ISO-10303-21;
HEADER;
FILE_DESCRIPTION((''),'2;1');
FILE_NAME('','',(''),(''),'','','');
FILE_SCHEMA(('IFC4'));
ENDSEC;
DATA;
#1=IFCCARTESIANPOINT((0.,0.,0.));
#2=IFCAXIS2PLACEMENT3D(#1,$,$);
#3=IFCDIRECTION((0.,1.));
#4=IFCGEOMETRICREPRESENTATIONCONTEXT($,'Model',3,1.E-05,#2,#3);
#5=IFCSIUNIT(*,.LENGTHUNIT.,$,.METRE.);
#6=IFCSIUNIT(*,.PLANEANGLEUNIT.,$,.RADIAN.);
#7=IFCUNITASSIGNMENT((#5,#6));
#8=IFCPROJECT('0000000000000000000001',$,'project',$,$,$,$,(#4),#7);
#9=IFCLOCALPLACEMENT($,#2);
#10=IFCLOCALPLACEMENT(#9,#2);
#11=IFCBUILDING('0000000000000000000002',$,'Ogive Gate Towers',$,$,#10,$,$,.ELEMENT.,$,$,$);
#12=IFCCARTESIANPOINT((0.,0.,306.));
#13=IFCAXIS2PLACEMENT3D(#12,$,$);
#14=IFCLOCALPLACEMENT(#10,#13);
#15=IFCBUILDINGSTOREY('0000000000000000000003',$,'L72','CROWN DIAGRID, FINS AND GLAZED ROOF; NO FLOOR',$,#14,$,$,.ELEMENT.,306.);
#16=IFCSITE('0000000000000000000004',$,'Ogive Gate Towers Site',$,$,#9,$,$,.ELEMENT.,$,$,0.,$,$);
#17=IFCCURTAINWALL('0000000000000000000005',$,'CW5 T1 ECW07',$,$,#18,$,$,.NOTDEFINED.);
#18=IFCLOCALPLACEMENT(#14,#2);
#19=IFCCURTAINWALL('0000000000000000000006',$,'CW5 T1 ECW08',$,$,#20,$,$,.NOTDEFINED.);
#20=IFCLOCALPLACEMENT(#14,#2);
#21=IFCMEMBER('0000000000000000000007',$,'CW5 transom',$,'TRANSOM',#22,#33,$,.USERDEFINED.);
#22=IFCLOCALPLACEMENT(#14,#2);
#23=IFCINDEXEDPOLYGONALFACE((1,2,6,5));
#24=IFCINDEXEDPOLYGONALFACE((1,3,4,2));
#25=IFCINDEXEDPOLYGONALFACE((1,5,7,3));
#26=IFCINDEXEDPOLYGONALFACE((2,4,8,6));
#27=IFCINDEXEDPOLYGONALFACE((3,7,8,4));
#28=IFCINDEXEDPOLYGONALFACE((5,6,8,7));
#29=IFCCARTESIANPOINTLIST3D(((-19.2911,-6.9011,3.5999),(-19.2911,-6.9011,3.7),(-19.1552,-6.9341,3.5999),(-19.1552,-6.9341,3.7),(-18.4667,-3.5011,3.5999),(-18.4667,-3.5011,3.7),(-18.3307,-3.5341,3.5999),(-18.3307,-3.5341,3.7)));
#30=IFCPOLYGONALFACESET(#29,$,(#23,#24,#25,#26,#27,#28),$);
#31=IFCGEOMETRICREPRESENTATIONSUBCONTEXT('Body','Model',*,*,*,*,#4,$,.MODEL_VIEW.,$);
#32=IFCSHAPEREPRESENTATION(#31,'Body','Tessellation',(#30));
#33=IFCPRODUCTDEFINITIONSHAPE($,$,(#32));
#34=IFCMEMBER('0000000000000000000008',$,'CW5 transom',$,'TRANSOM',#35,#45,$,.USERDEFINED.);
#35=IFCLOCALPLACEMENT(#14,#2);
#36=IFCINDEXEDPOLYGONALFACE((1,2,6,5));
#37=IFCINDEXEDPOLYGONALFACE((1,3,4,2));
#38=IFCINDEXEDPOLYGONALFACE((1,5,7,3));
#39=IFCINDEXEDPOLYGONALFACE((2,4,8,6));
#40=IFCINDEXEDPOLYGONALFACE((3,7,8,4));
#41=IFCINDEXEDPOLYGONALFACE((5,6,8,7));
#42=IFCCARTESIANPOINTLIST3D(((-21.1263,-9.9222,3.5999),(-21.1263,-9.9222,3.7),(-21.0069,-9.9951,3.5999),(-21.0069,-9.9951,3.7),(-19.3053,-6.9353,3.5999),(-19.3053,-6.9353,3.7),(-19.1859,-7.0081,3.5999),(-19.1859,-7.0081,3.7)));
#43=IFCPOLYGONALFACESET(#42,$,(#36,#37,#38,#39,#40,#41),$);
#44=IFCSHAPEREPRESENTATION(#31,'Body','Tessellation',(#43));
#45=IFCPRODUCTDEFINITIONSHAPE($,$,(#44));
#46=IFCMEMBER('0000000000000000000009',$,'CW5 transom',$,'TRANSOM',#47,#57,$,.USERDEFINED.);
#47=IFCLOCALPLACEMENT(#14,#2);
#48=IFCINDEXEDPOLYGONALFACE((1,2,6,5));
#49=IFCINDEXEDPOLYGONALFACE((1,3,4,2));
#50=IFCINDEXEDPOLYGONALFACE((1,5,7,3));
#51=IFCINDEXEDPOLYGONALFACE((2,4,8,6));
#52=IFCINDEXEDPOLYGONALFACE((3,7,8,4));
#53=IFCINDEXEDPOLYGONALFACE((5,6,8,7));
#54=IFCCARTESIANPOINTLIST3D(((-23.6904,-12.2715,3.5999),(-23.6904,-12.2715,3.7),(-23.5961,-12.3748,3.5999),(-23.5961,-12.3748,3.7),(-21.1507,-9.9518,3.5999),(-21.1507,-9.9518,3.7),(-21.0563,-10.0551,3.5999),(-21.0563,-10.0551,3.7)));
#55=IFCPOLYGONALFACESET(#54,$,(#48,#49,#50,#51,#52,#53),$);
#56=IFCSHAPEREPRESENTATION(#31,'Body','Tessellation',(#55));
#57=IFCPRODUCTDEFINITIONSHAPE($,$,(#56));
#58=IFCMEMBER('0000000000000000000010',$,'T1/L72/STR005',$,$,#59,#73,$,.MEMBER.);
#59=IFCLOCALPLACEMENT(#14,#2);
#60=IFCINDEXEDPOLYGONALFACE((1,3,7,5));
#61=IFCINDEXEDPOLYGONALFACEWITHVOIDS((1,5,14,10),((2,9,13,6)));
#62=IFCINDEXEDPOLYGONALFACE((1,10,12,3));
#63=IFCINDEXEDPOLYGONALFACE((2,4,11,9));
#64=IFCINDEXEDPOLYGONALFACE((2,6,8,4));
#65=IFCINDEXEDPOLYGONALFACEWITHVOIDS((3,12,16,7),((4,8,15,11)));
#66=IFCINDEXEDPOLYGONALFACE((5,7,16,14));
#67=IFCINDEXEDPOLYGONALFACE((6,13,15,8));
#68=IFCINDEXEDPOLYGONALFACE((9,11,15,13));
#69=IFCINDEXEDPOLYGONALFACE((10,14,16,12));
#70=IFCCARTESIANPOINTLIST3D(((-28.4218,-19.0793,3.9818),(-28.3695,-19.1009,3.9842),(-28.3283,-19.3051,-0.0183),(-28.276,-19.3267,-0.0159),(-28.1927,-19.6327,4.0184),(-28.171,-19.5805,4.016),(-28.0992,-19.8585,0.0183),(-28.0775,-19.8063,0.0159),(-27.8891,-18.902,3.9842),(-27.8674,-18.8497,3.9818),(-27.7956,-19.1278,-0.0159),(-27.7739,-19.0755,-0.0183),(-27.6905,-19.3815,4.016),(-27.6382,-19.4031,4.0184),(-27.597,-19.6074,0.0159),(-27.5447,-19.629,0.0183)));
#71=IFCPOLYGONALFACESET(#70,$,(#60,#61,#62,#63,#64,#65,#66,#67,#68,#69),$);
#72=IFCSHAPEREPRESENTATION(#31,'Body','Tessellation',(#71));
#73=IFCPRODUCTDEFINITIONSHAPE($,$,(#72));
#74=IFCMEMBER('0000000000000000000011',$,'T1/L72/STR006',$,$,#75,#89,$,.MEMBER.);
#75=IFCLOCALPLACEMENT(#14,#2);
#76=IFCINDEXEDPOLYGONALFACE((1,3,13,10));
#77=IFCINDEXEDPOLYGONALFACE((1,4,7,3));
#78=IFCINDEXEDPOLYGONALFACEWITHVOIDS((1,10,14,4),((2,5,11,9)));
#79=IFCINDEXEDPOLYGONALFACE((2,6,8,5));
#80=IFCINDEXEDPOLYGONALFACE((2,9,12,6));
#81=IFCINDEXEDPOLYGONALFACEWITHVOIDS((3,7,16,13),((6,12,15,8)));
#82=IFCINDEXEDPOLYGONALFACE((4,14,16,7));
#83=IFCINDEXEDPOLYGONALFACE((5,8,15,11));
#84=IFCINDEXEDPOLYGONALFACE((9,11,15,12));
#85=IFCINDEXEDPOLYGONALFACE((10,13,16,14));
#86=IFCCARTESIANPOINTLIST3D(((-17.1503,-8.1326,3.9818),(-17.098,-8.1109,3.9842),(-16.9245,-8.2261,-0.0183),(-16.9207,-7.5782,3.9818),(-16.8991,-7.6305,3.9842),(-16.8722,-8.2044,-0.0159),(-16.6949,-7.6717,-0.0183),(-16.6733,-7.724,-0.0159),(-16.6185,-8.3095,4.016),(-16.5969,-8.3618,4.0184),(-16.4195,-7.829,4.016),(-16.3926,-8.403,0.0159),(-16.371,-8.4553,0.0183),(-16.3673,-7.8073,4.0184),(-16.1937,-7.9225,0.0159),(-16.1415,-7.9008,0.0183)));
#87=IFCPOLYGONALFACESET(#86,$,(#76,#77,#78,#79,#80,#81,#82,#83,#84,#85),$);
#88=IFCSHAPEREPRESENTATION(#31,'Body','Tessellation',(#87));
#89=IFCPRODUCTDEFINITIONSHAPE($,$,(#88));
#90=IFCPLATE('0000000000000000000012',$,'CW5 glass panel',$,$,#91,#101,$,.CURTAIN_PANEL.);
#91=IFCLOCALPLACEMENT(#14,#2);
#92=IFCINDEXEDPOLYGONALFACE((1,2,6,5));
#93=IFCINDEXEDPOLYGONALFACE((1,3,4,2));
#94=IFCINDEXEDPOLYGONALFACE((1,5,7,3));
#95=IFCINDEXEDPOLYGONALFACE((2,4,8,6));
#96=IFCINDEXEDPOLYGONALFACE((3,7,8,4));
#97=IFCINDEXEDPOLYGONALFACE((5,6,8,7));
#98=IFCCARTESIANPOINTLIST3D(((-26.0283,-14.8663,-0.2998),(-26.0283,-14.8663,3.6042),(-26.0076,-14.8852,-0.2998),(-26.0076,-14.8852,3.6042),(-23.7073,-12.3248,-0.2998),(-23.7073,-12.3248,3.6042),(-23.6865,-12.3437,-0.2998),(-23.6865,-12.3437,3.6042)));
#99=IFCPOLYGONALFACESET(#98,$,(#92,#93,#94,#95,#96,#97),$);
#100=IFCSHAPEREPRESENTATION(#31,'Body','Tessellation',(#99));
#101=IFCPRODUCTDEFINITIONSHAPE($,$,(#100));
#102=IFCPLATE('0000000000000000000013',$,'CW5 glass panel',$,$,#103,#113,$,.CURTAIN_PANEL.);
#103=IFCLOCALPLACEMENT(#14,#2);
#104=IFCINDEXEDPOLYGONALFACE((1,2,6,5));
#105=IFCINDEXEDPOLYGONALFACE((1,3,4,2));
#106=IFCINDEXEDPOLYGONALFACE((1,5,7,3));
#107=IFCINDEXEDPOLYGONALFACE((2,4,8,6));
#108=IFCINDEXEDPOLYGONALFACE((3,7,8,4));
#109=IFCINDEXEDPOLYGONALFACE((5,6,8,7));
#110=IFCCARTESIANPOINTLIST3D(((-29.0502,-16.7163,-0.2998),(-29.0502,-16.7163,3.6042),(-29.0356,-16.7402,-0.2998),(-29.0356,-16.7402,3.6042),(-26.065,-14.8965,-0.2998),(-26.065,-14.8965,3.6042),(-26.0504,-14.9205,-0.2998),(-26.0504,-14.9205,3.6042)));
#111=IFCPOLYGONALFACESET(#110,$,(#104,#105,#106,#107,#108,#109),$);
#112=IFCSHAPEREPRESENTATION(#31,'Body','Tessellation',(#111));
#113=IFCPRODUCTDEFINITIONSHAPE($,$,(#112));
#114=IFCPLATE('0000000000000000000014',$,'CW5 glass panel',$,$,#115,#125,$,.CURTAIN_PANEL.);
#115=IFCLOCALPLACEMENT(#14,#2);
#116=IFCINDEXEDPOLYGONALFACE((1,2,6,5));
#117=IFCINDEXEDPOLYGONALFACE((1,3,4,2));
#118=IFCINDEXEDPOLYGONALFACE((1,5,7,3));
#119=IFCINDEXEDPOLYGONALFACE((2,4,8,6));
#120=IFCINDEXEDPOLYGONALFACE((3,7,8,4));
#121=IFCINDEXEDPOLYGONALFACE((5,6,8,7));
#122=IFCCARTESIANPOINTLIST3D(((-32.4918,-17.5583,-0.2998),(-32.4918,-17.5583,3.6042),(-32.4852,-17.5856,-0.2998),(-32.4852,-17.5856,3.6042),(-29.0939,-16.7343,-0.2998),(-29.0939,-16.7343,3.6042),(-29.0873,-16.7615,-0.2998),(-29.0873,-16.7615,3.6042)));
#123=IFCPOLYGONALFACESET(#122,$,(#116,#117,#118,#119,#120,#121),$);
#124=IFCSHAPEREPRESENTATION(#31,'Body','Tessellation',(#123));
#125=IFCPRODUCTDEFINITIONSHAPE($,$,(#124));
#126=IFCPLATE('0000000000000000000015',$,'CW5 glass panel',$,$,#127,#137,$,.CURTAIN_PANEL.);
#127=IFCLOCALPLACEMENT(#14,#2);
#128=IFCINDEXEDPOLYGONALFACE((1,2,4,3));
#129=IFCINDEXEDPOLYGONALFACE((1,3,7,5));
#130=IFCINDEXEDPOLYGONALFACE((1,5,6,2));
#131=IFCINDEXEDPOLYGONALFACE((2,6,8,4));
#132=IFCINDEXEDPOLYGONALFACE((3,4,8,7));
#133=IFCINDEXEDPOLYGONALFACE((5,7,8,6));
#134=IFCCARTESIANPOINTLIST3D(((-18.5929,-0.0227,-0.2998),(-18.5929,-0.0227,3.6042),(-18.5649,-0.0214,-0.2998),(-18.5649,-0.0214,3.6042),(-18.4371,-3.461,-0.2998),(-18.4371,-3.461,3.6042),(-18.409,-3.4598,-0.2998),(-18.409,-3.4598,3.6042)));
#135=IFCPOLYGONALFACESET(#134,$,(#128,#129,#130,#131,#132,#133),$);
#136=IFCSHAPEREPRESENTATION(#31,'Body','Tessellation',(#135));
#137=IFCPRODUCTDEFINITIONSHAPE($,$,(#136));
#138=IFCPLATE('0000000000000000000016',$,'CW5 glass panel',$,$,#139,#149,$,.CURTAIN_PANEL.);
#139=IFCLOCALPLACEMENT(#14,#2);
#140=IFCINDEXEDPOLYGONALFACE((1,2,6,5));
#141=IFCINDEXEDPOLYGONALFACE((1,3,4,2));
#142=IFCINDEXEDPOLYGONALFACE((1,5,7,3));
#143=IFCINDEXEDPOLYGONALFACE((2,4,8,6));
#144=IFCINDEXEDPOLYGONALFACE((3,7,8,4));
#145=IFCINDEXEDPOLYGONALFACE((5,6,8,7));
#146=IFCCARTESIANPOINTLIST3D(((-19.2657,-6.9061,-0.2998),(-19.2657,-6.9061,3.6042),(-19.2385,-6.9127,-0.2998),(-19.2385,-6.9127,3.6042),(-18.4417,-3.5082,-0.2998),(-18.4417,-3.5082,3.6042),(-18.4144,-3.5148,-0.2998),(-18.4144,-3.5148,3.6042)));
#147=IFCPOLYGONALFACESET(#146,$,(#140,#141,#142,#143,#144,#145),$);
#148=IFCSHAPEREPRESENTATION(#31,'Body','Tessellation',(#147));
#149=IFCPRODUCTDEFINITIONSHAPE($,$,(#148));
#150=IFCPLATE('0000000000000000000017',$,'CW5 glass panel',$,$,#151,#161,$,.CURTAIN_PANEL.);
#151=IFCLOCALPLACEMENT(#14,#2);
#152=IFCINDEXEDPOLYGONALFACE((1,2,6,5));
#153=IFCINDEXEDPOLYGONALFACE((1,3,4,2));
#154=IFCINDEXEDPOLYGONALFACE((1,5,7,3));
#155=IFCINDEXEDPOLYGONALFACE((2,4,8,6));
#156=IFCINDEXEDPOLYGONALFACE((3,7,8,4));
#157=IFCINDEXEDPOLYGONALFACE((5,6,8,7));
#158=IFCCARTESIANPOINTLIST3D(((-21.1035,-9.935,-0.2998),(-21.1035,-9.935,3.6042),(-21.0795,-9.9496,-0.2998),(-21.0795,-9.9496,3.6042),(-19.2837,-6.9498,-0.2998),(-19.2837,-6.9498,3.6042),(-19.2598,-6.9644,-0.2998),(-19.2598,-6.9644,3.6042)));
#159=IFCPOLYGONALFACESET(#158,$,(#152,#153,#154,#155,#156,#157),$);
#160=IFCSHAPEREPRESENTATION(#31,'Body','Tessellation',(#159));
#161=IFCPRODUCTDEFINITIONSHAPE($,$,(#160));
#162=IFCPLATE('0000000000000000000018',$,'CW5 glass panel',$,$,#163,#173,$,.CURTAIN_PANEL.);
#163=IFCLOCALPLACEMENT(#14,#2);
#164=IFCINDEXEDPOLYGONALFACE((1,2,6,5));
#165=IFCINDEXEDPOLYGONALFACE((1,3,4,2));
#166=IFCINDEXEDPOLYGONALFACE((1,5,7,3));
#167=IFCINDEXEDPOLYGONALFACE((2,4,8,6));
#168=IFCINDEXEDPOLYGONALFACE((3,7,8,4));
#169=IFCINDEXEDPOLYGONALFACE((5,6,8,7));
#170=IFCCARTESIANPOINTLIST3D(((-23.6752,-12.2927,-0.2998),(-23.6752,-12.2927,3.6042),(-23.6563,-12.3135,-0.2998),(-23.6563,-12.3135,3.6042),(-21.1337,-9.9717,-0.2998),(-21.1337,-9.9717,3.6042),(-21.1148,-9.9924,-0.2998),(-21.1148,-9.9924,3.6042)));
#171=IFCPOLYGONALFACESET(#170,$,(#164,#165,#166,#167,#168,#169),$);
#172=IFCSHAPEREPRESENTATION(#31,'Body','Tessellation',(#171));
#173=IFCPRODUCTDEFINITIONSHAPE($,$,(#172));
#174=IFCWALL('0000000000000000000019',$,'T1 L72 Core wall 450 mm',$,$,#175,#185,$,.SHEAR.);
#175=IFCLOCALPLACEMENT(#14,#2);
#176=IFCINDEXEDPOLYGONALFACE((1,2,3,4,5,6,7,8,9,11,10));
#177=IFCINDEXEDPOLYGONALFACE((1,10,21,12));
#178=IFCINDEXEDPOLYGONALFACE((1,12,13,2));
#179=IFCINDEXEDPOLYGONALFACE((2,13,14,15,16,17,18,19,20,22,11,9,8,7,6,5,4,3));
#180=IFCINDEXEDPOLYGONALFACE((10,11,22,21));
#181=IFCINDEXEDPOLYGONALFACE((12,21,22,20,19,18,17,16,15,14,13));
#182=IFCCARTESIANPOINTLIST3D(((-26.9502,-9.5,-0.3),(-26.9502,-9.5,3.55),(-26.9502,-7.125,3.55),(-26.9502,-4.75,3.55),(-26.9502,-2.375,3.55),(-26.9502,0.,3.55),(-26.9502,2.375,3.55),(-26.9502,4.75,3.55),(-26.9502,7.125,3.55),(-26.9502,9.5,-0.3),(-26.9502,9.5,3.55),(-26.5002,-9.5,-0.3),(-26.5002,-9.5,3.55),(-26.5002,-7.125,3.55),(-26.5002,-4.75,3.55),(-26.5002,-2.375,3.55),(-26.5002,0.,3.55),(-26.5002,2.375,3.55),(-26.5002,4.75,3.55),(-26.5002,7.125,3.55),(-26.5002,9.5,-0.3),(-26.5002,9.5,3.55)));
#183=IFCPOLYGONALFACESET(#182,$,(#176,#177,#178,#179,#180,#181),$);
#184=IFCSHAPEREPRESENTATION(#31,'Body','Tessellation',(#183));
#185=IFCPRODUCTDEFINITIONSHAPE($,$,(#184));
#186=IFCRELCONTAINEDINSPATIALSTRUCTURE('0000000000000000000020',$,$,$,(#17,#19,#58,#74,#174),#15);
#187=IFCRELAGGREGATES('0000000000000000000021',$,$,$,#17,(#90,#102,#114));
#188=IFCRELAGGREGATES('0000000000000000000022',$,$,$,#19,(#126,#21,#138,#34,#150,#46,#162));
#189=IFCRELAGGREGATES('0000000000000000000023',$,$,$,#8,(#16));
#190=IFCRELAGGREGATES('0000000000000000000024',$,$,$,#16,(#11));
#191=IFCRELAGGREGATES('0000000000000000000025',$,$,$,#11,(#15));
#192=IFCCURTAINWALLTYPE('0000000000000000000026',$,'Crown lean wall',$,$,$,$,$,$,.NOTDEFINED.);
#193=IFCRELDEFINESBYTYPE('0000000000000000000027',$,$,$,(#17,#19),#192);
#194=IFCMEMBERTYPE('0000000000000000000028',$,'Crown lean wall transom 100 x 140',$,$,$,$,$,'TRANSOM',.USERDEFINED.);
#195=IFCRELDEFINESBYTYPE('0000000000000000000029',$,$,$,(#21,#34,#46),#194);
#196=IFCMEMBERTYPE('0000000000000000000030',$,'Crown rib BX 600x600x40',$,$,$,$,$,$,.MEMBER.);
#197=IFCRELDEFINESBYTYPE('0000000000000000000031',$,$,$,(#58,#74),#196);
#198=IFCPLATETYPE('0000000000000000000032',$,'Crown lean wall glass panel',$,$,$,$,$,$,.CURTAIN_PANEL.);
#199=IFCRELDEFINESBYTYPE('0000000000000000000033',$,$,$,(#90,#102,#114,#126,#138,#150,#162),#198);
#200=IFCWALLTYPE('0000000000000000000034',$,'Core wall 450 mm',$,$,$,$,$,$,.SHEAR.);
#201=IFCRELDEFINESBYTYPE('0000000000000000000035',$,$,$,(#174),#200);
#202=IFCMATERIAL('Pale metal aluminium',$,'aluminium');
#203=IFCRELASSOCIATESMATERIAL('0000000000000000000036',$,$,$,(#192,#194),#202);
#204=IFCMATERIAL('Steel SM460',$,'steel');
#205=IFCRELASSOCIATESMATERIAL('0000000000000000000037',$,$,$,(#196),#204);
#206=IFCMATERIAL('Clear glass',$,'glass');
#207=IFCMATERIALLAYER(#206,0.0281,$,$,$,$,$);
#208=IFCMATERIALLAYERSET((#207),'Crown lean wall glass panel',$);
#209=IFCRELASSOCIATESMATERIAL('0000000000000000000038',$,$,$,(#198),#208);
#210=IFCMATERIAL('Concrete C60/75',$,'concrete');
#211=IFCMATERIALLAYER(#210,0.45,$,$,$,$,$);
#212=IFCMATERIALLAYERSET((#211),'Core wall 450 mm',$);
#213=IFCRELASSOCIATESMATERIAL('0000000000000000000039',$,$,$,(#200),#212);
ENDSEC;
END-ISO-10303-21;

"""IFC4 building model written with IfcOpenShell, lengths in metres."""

from ifc_helpers import new_model, si_unit, direction, frame, origin, origin_2d, place, context, subcontext, project, spatial, polyline, rectangle, hollow_rectangle, outline, extrude, material, layer, layer_set, material_profile, profile_set, type_object, element, aggregate, save


model = new_model("IFC4")

# Units and contexts
model_context = context("Model", 3, precision=1e-05, world=origin(), true_north=direction((0.0, 1.0)))
body_context = subcontext(model_context, "Body", "Model", "MODEL_VIEW")
ifc_project = project(units=[si_unit("LENGTHUNIT", "METRE"), si_unit("PLANEANGLEUNIT", "RADIAN")], contexts=[model_context])

# Site, building, storey
site_placement = place(None, origin())
site = spatial("IfcSite", under=ifc_project, at=site_placement, Name="Ogive Gate Towers Site", CompositionType="ELEMENT", RefElevation=0.0)
building_placement = place(site_placement, origin())
building = spatial("IfcBuilding", under=site, at=building_placement, Name="Ogive Gate Towers", CompositionType="ELEMENT")
storey_placement = place(building_placement, frame((0.0, 0.0, 306.0)))
storey = spatial("IfcBuildingStorey", under=building, at=storey_placement, Name="L72", Description="CROWN DIAGRID, FINS AND GLAZED ROOF; NO FLOOR", CompositionType="ELEMENT", Elevation=306.0)

# Shared definitions
ifc_material_1 = material(Name="Steel SM460", Category="steel")

# Shared definitions
ifc_material_2 = material(Name="Pale metal aluminium", Category="aluminium")
curtain_wall_type = type_object("IfcCurtainWallType", Name="Crown lean wall", PredefinedType="NOTDEFINED", material=ifc_material_2)

# Curtain walls
curtain_wall_1_placement = place(storey_placement, origin())
curtain_wall_1 = element("IfcCurtainWall", 1, at=curtain_wall_1_placement, inside=storey, type_object=curtain_wall_type, Name="CW5 T1 ECW07", PredefinedType="NOTDEFINED")
curtain_wall_2_placement = place(storey_placement, origin())
curtain_wall_2 = element("IfcCurtainWall", 2, at=curtain_wall_2_placement, inside=storey, type_object=curtain_wall_type, Name="CW5 T1 ECW08", PredefinedType="NOTDEFINED")

# Members
ifc_material_profile_1 = material_profile(ifc_material_2, rectangle(XDim=0.1399, YDim=0.1001, at=origin_2d()), Name="100 x 140 aluminium box")
ifc_profile_set_1 = profile_set([ifc_material_profile_1], Name="Pale metal aluminium")
member_type_1 = type_object("IfcMemberType", Name="Crown lean wall transom 100 x 140", ElementType="TRANSOM", PredefinedType="USERDEFINED", material=ifc_profile_set_1)
member_1_placement = place(storey_placement, frame((-18.3987, -3.5176, 3.6499), z_axis=(-0.235666, -0.971834, 0.0), x_axis=(0.971834, -0.235666, 0.0)))
member_1 = element("IfcMember", 3, at=member_1_placement, type_object=member_type_1, Name="CW5 transom", ObjectType="TRANSOM", PredefinedType="USERDEFINED", context=body_context, shape_type="SweptSolid", body=[
    extrude(rectangle(XDim=0.1399, YDim=0.1001, at=origin_2d()), origin(), (0.0, 0.0, 1.0), 3.4985),
])
member_2_placement = place(storey_placement, frame((-19.2456, -6.9717, 3.6499), z_axis=(-0.520538, -0.853839, 0.0), x_axis=(0.853839, -0.520538, 0.0)))
member_2 = element("IfcMember", 4, at=member_2_placement, type_object=member_type_1, Name="CW5 transom", ObjectType="TRANSOM", PredefinedType="USERDEFINED", context=body_context, shape_type="SweptSolid", body=[
    extrude(rectangle(XDim=0.1399, YDim=0.1001, at=origin_2d()), origin(), (0.0, 0.0, 1.0), 3.4983),
])
member_3_placement = place(storey_placement, frame((-21.1035, -10.0034, 3.6499), z_axis=(-0.738358, -0.674409, 0.0), x_axis=(0.674409, -0.738358, 0.0)))
member_3 = element("IfcMember", 5, at=member_3_placement, type_object=member_type_1, Name="CW5 transom", ObjectType="TRANSOM", PredefinedType="USERDEFINED", context=body_context, shape_type="SweptSolid", body=[
    extrude(rectangle(XDim=0.1399, YDim=0.1001, at=origin_2d()), origin(), (0.0, 0.0, 1.0), 3.4397),
])

# Members
ifc_material_profile_2 = material_profile(ifc_material_1, hollow_rectangle(XDim=0.6001, YDim=0.6001, WallThickness=0.04, at=origin_2d()), Name="BX 600x600x40")
ifc_profile_set_2 = profile_set([ifc_material_profile_2], Name="Steel SM460")
member_type_2 = type_object("IfcMemberType", Name="Crown rib BX 600x600x40", PredefinedType="MEMBER", material=ifc_profile_set_2)
for number, where, z_axis, x_axis, name in (
    (6, (-27.9365, -19.467, 0.0), (-0.023333, 0.056352, 0.998138), (-0.923932, -0.382558, 0.0), "T1/L72/STR005"),
    (7, (-16.533, -8.0635, 0.0), (-0.056352, 0.023333, 0.998138), (-0.382558, -0.923932, 0.0), "T1/L72/STR006"),
):
    element("IfcMember", number, at=place(storey_placement, frame(where, z_axis=z_axis, x_axis=x_axis)), inside=storey, type_object=member_type_2, Name=name, PredefinedType="MEMBER", context=body_context, shape_type="SweptSolid", body=[
        extrude(hollow_rectangle(XDim=0.6001, YDim=0.6001, WallThickness=0.04, at=origin_2d()), origin(), (0.0, 0.0, 1.0), 4.0076),
    ])

# Plates
ifc_material_3 = material(Name="Clear glass", Category="glass")
ifc_layer_1 = layer(ifc_material_3, 0.0281)
ifc_layer_set_1 = layer_set([ifc_layer_1], Name="Crown lean wall glass panel")
plate_type = type_object("IfcPlateType", Name="Crown lean wall glass panel", PredefinedType="CURTAIN_PANEL", material=ifc_layer_set_1)
plate_1_placement = place(storey_placement, frame((-24.8574, -13.605, -0.2998), z_axis=(0.0, 0.0, 1.0), x_axis=(-0.674354, -0.738408, 0.0)))
plate_1 = element("IfcPlate", 8, at=plate_1_placement, type_object=plate_type, Name="CW5 glass panel", PredefinedType="CURTAIN_PANEL", context=body_context, shape_type="SweptSolid", body=[
    extrude(rectangle(XDim=3.4419, YDim=0.0281, at=origin_2d()), origin(), (0.0, 0.0, 1.0), 3.9041),
])
plate_2_placement = place(storey_placement, frame((-27.5503, -15.8184, -0.2998), z_axis=(0.0, 0.0, 1.0), x_axis=(-0.853851, -0.520518, 0.0)))
plate_2 = element("IfcPlate", 9, at=plate_2_placement, type_object=plate_type, Name="CW5 glass panel", PredefinedType="CURTAIN_PANEL", context=body_context, shape_type="SweptSolid", body=[
    extrude(rectangle(XDim=3.4961, YDim=0.0281, at=origin_2d()), origin(), (0.0, 0.0, 1.0), 3.9041),
])
plate_3_placement = place(storey_placement, frame((-30.7896, -17.1599, -0.2998), z_axis=(0.0, 0.0, 1.0), x_axis=(-0.97183, -0.235685, 0.0)))
plate_3 = element("IfcPlate", 10, at=plate_3_placement, type_object=plate_type, Name="CW5 glass panel", PredefinedType="CURTAIN_PANEL", context=body_context, shape_type="SweptSolid", body=[
    extrude(rectangle(XDim=3.4963, YDim=0.0281, at=origin_2d()), origin(), (0.0, 0.0, 1.0), 3.9041),
])
aggregate(curtain_wall_1, [plate_1, plate_2, plate_3])
plate_4_placement = place(storey_placement, frame((-18.501, -1.7412, -0.2998), z_axis=(0.0, 0.0, 1.0), x_axis=(0.045276, -0.998975, 0.0)))
plate_4 = element("IfcPlate", 11, at=plate_4_placement, type_object=plate_type, Name="CW5 glass panel", PredefinedType="CURTAIN_PANEL", context=body_context, shape_type="SweptSolid", body=[
    extrude(rectangle(XDim=3.4419, YDim=0.0281, at=origin_2d()), origin(), (0.0, 0.0, 1.0), 3.9041),
])
plate_5_placement = place(storey_placement, frame((-18.8401, -5.2104, -0.2998), z_axis=(0.0, 0.0, 1.0), x_axis=(-0.235685, -0.97183, 0.0)))
plate_5 = element("IfcPlate", 12, at=plate_5_placement, type_object=plate_type, Name="CW5 glass panel", PredefinedType="CURTAIN_PANEL", context=body_context, shape_type="SweptSolid", body=[
    extrude(rectangle(XDim=3.4963, YDim=0.0281, at=origin_2d()), origin(), (0.0, 0.0, 1.0), 3.9041),
])
plate_6_placement = place(storey_placement, frame((-20.1816, -8.4497, -0.2998), z_axis=(0.0, 0.0, 1.0), x_axis=(-0.520518, -0.853851, 0.0)))
plate_6 = element("IfcPlate", 13, at=plate_6_placement, type_object=plate_type, Name="CW5 glass panel", PredefinedType="CURTAIN_PANEL", context=body_context, shape_type="SweptSolid", body=[
    extrude(rectangle(XDim=3.4961, YDim=0.0281, at=origin_2d()), origin(), (0.0, 0.0, 1.0), 3.9041),
])
plate_7_placement = place(storey_placement, frame((-22.395, -11.1426, -0.2998), z_axis=(0.0, 0.0, 1.0), x_axis=(-0.738408, -0.674354, 0.0)))
plate_7 = element("IfcPlate", 14, at=plate_7_placement, type_object=plate_type, Name="CW5 glass panel", PredefinedType="CURTAIN_PANEL", context=body_context, shape_type="SweptSolid", body=[
    extrude(rectangle(XDim=3.4419, YDim=0.0281, at=origin_2d()), origin(), (0.0, 0.0, 1.0), 3.9041),
])
aggregate(curtain_wall_2, [plate_4, member_1, plate_5, member_2, plate_6, member_3, plate_7])

# Wall
ifc_material_4 = material(Name="Concrete C60/75", Category="concrete")
ifc_layer_2 = layer(ifc_material_4, 0.45)
ifc_layer_set_2 = layer_set([ifc_layer_2], Name="Core wall 450 mm")
wall_type_1 = type_object("IfcWallType", Name="Core wall 450 mm", PredefinedType="SHEAR", material=ifc_layer_set_2)
wall_1_placement = place(storey_placement, frame((-26.7251, -9.5, -0.3), z_axis=(0.0, 0.0, 1.0), x_axis=(0.0, 1.0, 0.0)))
element("IfcWall", 15, at=wall_1_placement, inside=storey, type_object=wall_type_1, Name="T1 L72 Core wall 450 mm", PredefinedType="SHEAR", context=body_context, shape_type="SweptSolid", body=[
    extrude(outline(polyline([(0.0, 0.0), (19.0, 0.0), (19.0, 3.8501), (16.625, 3.8501), (14.25, 3.8501), (11.875, 3.8501), (9.5, 3.8501), (7.125, 3.8501), (4.75, 3.8501), (2.375, 3.8501), (0.0, 3.8501), (0.0, 0.0)])), frame((0.0, 0.2251, 0.0), z_axis=(0.0, -1.0, 0.0), x_axis=(1.0, 0.0, 0.0)), (0.0, 0.0, 1.0), 0.45),
])

save(model, "model.ifc")
